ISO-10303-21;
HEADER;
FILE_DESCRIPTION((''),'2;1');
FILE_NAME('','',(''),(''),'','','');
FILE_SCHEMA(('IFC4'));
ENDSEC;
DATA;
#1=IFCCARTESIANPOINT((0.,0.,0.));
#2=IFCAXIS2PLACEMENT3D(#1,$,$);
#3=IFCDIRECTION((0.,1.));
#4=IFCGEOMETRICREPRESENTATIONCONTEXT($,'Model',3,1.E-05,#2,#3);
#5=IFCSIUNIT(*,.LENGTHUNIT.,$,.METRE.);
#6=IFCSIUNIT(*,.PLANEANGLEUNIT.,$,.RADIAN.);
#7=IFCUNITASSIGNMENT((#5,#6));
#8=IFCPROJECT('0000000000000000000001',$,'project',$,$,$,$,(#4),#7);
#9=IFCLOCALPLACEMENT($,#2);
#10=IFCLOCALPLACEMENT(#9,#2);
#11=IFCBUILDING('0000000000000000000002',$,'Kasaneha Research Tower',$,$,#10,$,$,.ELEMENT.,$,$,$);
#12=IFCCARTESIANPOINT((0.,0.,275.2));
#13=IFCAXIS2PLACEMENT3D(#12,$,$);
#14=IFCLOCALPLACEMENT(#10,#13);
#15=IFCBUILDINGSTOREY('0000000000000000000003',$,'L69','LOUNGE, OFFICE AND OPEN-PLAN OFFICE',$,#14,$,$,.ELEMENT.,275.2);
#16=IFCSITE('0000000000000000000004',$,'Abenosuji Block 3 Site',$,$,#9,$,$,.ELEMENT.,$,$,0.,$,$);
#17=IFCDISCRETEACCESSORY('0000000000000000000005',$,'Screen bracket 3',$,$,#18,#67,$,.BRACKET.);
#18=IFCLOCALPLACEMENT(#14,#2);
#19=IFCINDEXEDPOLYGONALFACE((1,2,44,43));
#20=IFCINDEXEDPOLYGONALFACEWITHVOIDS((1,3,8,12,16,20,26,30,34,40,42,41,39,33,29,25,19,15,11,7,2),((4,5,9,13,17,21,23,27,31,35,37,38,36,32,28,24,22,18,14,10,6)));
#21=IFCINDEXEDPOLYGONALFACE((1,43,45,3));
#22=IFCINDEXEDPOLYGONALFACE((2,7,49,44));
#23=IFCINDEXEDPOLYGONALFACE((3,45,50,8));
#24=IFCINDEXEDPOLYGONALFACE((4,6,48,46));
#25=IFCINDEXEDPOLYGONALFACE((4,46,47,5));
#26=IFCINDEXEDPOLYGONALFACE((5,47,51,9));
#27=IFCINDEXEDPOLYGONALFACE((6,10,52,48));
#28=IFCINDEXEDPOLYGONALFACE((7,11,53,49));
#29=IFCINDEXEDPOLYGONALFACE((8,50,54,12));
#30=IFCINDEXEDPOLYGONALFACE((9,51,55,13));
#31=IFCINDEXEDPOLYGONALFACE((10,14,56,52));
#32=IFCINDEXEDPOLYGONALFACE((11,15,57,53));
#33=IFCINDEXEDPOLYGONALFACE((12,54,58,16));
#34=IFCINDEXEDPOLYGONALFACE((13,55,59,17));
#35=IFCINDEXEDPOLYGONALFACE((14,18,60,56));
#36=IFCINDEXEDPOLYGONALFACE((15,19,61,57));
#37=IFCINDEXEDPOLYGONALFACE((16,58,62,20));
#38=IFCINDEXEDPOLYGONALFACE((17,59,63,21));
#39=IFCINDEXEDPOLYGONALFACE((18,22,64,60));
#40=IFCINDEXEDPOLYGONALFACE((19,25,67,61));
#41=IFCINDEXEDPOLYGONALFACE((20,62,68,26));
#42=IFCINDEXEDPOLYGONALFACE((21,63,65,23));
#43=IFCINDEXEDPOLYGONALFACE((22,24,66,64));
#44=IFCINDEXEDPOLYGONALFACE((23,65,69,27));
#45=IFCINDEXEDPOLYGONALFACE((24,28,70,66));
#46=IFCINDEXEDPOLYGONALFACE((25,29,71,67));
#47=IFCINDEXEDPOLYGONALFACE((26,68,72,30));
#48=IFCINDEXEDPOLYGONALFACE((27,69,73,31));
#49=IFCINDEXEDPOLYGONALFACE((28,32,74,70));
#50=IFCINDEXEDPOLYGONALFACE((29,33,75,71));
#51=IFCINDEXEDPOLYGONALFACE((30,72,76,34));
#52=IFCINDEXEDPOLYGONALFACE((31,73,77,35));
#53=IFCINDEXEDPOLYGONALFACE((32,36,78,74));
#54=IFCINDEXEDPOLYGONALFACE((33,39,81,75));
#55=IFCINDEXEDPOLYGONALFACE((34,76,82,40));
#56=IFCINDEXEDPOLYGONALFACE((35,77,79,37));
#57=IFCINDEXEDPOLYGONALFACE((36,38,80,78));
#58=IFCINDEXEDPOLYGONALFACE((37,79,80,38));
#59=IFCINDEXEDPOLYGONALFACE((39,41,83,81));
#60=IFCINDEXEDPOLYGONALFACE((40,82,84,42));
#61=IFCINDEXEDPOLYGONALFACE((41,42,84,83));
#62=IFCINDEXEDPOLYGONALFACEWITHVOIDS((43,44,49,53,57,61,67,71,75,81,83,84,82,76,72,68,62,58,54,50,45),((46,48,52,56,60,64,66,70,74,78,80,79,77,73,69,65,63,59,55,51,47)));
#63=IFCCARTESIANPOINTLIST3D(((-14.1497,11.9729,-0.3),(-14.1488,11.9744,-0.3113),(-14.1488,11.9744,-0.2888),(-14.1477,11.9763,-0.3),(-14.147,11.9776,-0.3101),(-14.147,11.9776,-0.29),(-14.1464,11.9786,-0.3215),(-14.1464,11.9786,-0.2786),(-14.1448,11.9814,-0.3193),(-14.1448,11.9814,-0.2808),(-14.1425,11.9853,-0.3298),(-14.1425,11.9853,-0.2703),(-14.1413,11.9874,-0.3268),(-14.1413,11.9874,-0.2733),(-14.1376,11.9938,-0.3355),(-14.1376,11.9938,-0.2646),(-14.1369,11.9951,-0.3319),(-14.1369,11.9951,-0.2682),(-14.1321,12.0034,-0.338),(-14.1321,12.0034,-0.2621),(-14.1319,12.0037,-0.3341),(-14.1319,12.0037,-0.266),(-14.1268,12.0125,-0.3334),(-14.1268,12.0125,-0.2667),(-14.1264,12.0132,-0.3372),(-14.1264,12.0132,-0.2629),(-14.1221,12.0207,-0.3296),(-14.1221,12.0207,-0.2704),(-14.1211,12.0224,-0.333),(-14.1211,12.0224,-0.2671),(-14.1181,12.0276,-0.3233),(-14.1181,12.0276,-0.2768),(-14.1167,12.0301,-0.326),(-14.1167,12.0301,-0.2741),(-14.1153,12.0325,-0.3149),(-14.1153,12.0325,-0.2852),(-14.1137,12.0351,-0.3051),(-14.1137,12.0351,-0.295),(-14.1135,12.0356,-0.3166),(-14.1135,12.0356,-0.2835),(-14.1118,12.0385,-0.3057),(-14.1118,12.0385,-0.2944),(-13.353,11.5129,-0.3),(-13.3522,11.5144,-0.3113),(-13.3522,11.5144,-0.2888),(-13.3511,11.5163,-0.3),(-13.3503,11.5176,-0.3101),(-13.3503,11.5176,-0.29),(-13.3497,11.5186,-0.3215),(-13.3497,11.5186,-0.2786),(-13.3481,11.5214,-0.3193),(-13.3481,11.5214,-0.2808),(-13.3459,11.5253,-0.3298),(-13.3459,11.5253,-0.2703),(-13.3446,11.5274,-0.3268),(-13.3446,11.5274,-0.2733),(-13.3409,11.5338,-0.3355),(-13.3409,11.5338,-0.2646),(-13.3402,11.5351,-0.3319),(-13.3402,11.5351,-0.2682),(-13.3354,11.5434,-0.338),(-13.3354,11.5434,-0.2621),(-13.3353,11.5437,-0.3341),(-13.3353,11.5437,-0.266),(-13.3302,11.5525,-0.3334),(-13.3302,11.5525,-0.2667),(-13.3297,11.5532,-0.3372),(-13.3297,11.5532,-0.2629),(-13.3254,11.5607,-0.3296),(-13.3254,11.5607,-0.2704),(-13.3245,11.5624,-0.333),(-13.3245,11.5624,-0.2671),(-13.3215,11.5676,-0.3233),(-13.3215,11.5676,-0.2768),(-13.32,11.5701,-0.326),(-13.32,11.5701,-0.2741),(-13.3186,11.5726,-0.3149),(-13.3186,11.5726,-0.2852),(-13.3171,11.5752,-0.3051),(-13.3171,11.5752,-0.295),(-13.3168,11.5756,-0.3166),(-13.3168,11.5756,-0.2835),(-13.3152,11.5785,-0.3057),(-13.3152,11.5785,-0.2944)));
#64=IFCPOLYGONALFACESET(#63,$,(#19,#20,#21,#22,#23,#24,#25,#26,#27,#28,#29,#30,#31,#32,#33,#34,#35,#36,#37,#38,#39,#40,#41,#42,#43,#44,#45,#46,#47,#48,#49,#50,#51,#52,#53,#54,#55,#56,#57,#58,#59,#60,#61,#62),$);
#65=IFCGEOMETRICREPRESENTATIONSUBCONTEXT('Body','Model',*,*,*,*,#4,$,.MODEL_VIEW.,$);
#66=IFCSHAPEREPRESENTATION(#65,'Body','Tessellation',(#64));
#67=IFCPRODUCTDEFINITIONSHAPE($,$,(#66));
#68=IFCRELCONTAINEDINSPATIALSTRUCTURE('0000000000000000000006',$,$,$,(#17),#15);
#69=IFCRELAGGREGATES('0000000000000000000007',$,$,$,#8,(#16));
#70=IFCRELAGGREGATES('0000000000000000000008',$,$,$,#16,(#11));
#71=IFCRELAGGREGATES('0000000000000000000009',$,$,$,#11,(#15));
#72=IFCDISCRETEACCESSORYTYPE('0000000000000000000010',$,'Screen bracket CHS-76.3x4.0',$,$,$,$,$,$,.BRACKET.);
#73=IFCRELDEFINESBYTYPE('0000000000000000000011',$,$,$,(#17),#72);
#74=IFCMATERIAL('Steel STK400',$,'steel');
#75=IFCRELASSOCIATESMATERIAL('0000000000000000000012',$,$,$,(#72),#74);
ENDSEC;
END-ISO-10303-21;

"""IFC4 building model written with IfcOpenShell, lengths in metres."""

from ifc_helpers import new_model, si_unit, direction, frame, origin, origin_2d, place, context, subcontext, project, spatial, hollow_circle, extrude, material, material_profile, profile_set, type_object, element, save


model = new_model("IFC4")

# Units and contexts
model_context = context("Model", 3, precision=1e-05, world=origin(), true_north=direction((0.0, 1.0)))
body_context = subcontext(model_context, "Body", "Model", "MODEL_VIEW")
ifc_project = project(units=[si_unit("LENGTHUNIT", "METRE"), si_unit("PLANEANGLEUNIT", "RADIAN")], contexts=[model_context])

# Site, building, storey
site_placement = place(None, origin())
site = spatial("IfcSite", under=ifc_project, at=site_placement, Name="Abenosuji Block 3 Site", CompositionType="ELEMENT", RefElevation=0.0)
building_placement = place(site_placement, origin())
building = spatial("IfcBuilding", under=site, at=building_placement, Name="Kasaneha Research Tower", CompositionType="ELEMENT")
storey_placement = place(building_placement, frame((0.0, 0.0, 275.2)))
storey = spatial("IfcBuildingStorey", under=building, at=storey_placement, Name="L69", Description="LOUNGE, OFFICE AND OPEN-PLAN OFFICE", CompositionType="ELEMENT", Elevation=275.2)

# Discrete accessory
ifc_material_1 = material(Name="Steel STK400", Category="steel")
ifc_material_profile_1 = material_profile(ifc_material_1, hollow_circle(Radius=0.0381, WallThickness=0.0039, at=origin_2d()), Name="CHS-76.3x4.0")
ifc_profile_set_1 = profile_set([ifc_material_profile_1], Name="Steel STK400")
discrete_accessory_type = type_object("IfcDiscreteAccessoryType", Name="Screen bracket CHS-76.3x4.0", PredefinedType="BRACKET", material=ifc_profile_set_1)
for number, where, z_axis, x_axis, name in (
    (1, (-13.334, 11.5459, -0.3), (-0.866013, 0.500021, 0.0), (-0.500021, -0.866013, 0.0), "Screen bracket 3"),
):
    element("IfcDiscreteAccessory", number, at=place(storey_placement, frame(where, z_axis=z_axis, x_axis=x_axis)), inside=storey, type_object=discrete_accessory_type, Name=name, PredefinedType="BRACKET", context=body_context, shape_type="SweptSolid", body=[
        extrude(hollow_circle(Radius=0.0381, WallThickness=0.0039, at=origin_2d()), origin(), (0.0, 0.0, 1.0), 0.9199),
    ])

save(model, "model.ifc")
